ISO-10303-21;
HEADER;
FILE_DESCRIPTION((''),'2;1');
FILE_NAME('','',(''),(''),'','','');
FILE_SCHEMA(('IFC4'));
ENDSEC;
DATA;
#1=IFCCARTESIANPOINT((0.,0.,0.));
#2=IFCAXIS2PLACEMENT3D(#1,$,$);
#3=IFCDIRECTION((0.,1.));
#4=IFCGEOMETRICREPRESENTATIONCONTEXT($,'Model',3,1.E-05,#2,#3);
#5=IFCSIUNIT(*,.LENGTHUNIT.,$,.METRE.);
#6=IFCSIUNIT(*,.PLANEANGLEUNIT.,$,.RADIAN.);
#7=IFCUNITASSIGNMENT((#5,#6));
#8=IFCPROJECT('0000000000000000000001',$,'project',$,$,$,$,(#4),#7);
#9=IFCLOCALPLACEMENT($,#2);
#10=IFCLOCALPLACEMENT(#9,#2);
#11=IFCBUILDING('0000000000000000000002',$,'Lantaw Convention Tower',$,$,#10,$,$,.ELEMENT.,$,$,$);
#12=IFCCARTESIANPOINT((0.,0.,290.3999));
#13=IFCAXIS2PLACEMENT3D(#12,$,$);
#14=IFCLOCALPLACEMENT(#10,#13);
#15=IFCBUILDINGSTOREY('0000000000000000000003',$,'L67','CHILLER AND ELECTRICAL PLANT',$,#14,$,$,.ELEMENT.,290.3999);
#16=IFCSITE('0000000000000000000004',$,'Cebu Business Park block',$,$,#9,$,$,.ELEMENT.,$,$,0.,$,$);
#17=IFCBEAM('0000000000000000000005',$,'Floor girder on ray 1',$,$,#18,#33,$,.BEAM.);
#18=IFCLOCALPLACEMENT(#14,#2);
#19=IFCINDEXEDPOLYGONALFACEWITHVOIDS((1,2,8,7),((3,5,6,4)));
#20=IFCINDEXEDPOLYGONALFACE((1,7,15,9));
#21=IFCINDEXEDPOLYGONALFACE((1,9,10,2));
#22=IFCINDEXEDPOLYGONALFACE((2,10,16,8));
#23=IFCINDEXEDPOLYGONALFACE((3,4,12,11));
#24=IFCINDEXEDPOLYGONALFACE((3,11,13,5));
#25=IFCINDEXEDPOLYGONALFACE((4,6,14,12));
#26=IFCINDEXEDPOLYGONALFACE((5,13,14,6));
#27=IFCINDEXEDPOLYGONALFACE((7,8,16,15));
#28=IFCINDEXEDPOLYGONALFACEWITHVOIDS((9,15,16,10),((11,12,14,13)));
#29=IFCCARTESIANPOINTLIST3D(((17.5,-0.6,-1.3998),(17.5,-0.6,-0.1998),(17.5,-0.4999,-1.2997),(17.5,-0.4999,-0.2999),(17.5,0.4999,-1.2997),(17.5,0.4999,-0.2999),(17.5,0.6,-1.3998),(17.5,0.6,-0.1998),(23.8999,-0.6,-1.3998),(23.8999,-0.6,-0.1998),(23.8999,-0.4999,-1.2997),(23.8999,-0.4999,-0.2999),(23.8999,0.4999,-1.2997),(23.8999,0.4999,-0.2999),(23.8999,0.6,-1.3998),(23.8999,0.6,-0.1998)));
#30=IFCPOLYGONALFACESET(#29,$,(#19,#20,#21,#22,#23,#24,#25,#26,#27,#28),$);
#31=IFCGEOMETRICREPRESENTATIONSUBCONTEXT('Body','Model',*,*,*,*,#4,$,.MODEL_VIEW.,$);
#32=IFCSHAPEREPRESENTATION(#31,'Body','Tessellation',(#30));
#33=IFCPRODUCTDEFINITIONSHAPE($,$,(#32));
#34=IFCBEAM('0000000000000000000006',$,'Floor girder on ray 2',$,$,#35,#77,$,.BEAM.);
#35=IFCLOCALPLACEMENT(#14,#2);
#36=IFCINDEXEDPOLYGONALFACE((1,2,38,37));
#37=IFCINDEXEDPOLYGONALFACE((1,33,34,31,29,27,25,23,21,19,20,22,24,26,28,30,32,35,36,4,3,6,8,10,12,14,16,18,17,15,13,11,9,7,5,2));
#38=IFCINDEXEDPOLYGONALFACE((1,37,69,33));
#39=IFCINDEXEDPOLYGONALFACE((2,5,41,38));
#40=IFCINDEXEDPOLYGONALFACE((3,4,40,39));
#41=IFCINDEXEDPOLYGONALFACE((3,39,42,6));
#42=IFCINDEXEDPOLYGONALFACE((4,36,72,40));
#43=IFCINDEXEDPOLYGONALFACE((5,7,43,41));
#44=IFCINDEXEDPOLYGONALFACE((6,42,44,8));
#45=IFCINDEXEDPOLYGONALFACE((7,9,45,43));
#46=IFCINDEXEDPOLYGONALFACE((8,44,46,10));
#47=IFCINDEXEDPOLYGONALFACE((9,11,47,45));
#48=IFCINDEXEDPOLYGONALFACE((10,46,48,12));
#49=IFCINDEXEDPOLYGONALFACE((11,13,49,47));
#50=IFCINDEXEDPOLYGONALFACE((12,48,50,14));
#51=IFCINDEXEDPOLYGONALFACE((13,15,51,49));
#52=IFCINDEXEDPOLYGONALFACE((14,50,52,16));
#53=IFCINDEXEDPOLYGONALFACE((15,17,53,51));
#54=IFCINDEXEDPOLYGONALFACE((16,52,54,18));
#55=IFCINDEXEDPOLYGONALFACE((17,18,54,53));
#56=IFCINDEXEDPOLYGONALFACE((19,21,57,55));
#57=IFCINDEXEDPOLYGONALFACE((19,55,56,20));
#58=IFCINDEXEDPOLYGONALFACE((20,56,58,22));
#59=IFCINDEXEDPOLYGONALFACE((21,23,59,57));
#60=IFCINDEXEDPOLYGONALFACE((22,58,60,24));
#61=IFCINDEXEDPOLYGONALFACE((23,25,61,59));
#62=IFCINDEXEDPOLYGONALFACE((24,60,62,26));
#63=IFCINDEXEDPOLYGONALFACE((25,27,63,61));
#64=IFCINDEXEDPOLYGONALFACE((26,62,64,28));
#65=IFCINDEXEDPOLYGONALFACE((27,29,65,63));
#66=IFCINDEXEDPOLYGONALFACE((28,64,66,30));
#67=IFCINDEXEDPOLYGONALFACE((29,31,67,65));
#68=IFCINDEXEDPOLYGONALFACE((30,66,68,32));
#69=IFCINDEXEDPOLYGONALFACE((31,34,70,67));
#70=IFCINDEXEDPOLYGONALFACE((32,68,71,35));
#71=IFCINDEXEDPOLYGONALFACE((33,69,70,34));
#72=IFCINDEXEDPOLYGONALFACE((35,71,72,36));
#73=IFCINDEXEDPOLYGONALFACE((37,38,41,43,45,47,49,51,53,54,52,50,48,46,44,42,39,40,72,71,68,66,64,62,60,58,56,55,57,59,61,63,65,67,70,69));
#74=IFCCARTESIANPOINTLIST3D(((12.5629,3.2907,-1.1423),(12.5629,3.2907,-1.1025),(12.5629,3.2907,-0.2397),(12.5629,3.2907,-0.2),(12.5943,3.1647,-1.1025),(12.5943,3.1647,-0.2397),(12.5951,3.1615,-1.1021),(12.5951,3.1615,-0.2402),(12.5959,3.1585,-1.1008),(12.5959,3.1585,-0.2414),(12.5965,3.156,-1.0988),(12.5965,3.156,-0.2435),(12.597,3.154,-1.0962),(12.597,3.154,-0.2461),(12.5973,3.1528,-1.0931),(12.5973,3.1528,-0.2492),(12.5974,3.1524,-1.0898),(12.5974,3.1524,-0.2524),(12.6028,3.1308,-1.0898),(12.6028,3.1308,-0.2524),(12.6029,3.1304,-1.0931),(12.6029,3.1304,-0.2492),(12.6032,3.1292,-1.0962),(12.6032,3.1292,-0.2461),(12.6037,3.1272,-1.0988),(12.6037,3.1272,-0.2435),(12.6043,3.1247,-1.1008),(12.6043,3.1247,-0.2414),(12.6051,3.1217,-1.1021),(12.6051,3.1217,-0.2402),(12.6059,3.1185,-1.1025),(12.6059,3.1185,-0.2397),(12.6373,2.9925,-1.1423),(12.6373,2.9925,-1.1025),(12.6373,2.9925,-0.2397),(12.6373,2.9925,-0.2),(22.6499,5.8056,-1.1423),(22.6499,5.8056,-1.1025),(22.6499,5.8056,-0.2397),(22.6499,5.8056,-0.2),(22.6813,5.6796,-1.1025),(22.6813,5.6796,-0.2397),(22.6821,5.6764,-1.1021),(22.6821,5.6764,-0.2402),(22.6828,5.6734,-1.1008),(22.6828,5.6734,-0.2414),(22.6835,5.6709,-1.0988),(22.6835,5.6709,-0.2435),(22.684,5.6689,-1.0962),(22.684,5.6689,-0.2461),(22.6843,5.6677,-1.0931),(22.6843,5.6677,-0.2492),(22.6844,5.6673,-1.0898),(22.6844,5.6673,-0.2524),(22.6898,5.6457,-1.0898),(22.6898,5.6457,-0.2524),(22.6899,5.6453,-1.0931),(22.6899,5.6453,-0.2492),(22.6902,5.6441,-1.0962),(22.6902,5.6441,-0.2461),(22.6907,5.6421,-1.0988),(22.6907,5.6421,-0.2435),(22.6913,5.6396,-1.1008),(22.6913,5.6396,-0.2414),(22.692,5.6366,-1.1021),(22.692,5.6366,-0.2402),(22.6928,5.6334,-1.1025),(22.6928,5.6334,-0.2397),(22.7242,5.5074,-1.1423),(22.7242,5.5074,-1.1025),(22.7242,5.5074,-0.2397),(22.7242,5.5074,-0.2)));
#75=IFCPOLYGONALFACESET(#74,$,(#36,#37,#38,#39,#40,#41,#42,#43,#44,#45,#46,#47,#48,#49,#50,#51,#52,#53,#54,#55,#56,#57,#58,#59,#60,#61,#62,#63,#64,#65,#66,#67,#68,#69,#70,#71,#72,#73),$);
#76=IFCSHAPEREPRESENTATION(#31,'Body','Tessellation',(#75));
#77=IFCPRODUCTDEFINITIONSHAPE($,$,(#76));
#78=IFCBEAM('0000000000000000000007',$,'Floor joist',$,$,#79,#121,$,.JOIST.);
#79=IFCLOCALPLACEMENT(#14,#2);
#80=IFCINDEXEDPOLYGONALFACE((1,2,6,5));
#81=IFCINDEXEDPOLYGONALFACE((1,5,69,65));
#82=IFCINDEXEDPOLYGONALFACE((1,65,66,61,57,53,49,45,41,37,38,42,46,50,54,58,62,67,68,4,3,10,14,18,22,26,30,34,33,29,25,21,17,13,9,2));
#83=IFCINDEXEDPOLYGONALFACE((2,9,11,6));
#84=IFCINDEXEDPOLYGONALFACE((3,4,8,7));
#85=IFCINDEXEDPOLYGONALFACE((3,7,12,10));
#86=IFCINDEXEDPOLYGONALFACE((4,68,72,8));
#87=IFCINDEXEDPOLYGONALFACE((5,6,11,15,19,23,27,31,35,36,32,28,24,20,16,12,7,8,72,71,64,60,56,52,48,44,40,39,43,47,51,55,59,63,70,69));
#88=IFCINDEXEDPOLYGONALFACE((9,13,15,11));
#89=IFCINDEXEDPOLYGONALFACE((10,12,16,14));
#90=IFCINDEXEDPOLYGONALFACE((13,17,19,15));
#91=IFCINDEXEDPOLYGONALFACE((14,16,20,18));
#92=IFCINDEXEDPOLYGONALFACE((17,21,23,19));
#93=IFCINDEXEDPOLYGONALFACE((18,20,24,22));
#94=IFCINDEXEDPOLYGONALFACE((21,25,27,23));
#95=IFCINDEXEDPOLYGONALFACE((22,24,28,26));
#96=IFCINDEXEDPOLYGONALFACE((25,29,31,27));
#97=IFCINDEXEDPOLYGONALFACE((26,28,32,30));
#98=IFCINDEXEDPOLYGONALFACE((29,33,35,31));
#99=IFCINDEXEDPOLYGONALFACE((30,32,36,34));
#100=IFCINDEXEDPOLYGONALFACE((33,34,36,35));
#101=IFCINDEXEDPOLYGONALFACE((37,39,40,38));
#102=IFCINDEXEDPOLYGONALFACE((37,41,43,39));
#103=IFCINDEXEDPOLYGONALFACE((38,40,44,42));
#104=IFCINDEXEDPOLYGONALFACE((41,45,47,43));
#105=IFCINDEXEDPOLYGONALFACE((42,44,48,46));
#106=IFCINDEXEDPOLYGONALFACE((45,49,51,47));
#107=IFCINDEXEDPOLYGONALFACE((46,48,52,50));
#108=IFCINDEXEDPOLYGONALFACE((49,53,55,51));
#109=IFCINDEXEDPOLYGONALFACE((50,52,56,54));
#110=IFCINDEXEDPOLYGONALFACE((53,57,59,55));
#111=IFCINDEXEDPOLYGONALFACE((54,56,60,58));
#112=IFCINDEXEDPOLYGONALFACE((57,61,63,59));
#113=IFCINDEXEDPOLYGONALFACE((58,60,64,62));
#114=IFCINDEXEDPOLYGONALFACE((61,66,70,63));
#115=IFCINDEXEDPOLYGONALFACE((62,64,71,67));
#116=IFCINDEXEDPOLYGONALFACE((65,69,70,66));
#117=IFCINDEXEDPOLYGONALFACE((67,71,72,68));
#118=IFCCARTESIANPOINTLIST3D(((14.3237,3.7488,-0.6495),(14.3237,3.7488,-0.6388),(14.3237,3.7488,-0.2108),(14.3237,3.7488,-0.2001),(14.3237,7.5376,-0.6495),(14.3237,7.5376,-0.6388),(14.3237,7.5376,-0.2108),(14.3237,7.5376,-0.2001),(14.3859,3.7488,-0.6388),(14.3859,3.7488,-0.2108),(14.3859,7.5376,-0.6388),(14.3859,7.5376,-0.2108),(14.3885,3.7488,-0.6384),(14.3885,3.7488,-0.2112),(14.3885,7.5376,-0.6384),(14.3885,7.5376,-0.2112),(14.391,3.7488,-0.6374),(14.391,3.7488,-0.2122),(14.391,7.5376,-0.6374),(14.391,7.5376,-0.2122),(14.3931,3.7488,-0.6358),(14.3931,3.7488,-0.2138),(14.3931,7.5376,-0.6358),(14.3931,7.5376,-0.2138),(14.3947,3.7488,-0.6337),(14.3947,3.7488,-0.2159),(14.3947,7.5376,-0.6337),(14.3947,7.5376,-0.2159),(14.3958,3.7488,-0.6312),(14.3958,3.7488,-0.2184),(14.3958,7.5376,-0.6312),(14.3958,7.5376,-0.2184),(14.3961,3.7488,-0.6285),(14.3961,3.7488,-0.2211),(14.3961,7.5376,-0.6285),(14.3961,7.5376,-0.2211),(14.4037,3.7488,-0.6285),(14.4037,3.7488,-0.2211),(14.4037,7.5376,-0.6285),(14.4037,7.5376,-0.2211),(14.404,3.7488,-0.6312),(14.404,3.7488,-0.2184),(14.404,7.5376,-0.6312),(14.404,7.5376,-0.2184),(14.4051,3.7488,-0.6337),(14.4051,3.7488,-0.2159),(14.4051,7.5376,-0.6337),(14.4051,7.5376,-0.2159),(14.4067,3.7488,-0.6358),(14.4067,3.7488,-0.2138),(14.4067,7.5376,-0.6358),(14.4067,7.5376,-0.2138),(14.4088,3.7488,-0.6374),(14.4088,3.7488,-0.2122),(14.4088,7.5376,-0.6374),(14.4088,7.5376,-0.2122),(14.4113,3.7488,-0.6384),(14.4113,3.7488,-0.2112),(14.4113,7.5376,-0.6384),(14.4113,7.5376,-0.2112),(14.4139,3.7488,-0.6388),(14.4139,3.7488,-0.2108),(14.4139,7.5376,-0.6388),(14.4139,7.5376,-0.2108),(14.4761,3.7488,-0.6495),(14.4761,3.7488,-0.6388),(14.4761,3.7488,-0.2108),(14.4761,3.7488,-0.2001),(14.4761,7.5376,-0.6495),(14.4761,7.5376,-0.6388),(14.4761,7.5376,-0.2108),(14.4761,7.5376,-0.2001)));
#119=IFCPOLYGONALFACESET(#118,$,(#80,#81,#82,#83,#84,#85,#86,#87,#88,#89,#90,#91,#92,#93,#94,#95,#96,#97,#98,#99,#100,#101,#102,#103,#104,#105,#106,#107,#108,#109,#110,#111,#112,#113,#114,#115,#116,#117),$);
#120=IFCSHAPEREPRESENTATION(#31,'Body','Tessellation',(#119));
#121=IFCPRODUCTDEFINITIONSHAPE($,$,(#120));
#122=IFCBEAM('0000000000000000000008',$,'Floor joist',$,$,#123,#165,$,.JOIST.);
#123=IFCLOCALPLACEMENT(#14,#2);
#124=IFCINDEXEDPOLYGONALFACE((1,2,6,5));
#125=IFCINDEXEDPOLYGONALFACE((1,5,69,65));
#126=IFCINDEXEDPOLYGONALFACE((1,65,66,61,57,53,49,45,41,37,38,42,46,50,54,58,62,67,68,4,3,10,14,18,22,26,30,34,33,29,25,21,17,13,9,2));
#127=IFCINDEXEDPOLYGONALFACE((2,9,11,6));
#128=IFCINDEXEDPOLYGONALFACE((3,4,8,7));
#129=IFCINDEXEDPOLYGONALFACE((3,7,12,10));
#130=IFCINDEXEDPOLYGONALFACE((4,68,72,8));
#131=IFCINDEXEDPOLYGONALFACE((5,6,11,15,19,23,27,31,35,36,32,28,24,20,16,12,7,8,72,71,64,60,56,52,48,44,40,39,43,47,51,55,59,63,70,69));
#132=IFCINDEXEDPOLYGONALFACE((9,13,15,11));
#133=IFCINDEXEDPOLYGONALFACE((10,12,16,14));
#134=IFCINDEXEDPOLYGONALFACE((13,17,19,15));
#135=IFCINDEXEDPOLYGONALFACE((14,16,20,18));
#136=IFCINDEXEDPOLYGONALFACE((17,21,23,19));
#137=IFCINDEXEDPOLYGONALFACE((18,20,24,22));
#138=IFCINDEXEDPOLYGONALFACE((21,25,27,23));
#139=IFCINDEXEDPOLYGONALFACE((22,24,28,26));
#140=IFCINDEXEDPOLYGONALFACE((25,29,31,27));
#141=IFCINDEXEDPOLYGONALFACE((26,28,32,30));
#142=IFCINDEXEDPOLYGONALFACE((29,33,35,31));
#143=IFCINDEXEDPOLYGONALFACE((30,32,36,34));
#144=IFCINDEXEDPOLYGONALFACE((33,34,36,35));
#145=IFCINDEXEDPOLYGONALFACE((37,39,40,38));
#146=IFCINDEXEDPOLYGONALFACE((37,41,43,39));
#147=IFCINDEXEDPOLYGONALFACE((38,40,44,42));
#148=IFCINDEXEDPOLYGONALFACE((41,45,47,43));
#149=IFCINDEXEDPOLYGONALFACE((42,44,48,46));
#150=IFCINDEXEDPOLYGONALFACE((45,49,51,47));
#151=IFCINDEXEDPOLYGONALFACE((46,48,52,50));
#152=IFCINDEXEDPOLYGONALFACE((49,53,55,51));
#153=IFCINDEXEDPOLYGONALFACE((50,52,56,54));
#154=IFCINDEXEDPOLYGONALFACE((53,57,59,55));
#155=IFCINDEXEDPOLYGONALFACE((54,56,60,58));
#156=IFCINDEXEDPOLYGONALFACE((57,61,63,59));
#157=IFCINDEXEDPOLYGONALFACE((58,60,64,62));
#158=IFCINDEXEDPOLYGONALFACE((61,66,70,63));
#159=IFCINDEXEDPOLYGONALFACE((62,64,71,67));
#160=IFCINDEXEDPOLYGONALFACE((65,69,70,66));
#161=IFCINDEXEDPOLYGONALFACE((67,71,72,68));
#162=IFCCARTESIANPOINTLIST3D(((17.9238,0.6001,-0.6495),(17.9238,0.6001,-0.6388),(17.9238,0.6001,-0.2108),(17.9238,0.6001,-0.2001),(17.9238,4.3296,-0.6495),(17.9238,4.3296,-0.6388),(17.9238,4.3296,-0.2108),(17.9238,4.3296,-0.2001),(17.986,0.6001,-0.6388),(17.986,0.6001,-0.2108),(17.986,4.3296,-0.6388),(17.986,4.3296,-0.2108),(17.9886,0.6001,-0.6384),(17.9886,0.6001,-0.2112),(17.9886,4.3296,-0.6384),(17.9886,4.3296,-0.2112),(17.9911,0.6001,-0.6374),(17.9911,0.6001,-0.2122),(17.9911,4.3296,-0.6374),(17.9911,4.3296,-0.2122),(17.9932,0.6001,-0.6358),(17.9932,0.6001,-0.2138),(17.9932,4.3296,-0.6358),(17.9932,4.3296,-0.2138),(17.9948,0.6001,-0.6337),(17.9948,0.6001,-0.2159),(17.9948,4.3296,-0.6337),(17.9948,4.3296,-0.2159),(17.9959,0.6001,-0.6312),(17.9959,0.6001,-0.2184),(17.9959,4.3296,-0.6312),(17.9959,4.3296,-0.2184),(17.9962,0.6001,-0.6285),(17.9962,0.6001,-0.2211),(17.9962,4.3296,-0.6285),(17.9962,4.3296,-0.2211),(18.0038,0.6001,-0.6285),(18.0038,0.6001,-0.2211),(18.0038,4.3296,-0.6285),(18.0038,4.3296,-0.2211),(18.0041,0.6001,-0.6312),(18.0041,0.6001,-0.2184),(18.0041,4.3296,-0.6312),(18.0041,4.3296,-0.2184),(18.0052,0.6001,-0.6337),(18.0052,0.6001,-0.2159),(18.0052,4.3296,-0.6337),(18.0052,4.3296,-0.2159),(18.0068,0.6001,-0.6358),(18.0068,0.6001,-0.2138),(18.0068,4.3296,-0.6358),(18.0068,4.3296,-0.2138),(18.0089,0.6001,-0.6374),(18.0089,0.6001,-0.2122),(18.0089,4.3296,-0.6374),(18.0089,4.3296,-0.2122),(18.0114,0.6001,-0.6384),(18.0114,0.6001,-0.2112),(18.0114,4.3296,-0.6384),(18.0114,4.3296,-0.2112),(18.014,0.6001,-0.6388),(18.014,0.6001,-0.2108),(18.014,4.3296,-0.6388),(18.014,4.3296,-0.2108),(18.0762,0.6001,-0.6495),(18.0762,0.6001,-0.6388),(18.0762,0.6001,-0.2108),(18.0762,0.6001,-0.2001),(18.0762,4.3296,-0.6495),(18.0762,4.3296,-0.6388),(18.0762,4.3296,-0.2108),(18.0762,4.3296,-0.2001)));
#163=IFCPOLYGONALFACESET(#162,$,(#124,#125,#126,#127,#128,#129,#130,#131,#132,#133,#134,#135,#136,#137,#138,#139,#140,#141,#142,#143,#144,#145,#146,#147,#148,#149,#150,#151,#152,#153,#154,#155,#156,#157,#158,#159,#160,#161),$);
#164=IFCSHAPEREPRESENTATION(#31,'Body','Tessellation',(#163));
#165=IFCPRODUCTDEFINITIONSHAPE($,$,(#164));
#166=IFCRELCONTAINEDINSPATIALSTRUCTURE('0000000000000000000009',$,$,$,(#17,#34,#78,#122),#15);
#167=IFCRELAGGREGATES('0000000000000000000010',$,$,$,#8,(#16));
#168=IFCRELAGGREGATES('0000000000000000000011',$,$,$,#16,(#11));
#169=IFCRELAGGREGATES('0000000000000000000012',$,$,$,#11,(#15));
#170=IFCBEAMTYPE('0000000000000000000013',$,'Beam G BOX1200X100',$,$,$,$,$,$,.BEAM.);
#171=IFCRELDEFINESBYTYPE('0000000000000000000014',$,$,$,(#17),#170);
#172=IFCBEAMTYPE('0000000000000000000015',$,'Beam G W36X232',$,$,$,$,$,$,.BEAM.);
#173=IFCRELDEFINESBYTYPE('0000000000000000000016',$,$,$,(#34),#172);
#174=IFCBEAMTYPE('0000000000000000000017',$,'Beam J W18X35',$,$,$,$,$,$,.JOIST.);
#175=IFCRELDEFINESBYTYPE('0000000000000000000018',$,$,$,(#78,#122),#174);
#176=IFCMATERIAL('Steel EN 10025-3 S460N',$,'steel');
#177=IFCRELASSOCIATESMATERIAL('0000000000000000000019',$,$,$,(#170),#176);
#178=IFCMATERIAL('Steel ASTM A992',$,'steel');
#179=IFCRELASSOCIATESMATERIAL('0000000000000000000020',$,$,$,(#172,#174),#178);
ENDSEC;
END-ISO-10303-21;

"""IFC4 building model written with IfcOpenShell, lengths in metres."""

from ifc_helpers import new_model, si_unit, direction, frame, origin, origin_2d, place, context, subcontext, project, spatial, hollow_rectangle, i_section, extrude, material, material_profile, profile_set, type_object, element, save


model = new_model("IFC4")

# Units and contexts
model_context = context("Model", 3, precision=1e-05, world=origin(), true_north=direction((0.0, 1.0)))
body_context = subcontext(model_context, "Body", "Model", "MODEL_VIEW")
ifc_project = project(units=[si_unit("LENGTHUNIT", "METRE"), si_unit("PLANEANGLEUNIT", "RADIAN")], contexts=[model_context])

# Site, building, storey
site_placement = place(None, origin())
site = spatial("IfcSite", under=ifc_project, at=site_placement, Name="Cebu Business Park block", CompositionType="ELEMENT", RefElevation=0.0)
building_placement = place(site_placement, origin())
building = spatial("IfcBuilding", under=site, at=building_placement, Name="Lantaw Convention Tower", CompositionType="ELEMENT")
storey_placement = place(building_placement, frame((0.0, 0.0, 290.3999)))
storey = spatial("IfcBuildingStorey", under=building, at=storey_placement, Name="L67", Description="CHILLER AND ELECTRICAL PLANT", CompositionType="ELEMENT", Elevation=290.3999)

# Beams
ifc_material_1 = material(Name="Steel EN 10025-3 S460N", Category="steel")
ifc_material_profile_1 = material_profile(ifc_material_1, hollow_rectangle(XDim=1.2, YDim=1.2, WallThickness=0.1001, at=origin_2d()), Name="BOX1200X100")
ifc_profile_set_1 = profile_set([ifc_material_profile_1], Name="Steel EN 10025-3 S460N")
beam_type_1 = type_object("IfcBeamType", Name="Beam G BOX1200X100", PredefinedType="BEAM", material=ifc_profile_set_1)
beam_1_placement = place(storey_placement, frame((17.5, 0.0, -0.7998), z_axis=(1.0, 0.0, 0.0), x_axis=(0.0, 1.0, 0.0)))
element("IfcBeam", 1, at=beam_1_placement, inside=storey, type_object=beam_type_1, Name="Floor girder on ray 1", PredefinedType="BEAM", context=body_context, shape_type="SweptSolid", body=[
    extrude(hollow_rectangle(XDim=1.2, YDim=1.2, WallThickness=0.1001, at=origin_2d()), origin(), (0.0, 0.0, 1.0), 6.3999),
])
ifc_material_2 = material(Name="Steel ASTM A992", Category="steel")
ifc_material_profile_2 = material_profile(ifc_material_2, i_section(OverallWidth=0.3074, OverallDepth=0.9424, WebThickness=0.0222, FlangeThickness=0.0398, FilletRadius=0.0127, at=origin_2d()), Name="W36X232")
ifc_profile_set_2 = profile_set([ifc_material_profile_2], Name="Steel ASTM A992")
beam_type_2 = type_object("IfcBeamType", Name="Beam G W36X232", PredefinedType="BEAM", material=ifc_profile_set_2)
beam_2_placement = place(storey_placement, frame((12.6001, 3.1416, -0.6711), z_axis=(0.970297, 0.241917, 0.0), x_axis=(-0.241917, 0.970297, 0.0)))
element("IfcBeam", 2, at=beam_2_placement, inside=storey, type_object=beam_type_2, Name="Floor girder on ray 2", PredefinedType="BEAM", context=body_context, shape_type="SweptSolid", body=[
    extrude(i_section(OverallWidth=0.3074, OverallDepth=0.9424, WebThickness=0.0222, FlangeThickness=0.0398, FilletRadius=0.0127, at=origin_2d()), origin(), (0.0, 0.0, 1.0), 10.3958),
])
ifc_material_profile_3 = material_profile(ifc_material_2, i_section(OverallWidth=0.1523, OverallDepth=0.4495, WebThickness=0.0076, FlangeThickness=0.0107, FilletRadius=0.0103, at=origin_2d()), Name="W18X35")
ifc_profile_set_3 = profile_set([ifc_material_profile_3], Name="Steel ASTM A992")
beam_type_3 = type_object("IfcBeamType", Name="Beam J W18X35", PredefinedType="JOIST", material=ifc_profile_set_3)
beam_3_placement = place(storey_placement, frame((14.3999, 3.7488, -0.4248), z_axis=(0.0, 1.0, 0.0), x_axis=(-1.0, 0.0, 0.0)))
element("IfcBeam", 3, at=beam_3_placement, inside=storey, type_object=beam_type_3, Name="Floor joist", PredefinedType="JOIST", context=body_context, shape_type="SweptSolid", body=[
    extrude(i_section(OverallWidth=0.1523, OverallDepth=0.4495, WebThickness=0.0076, FlangeThickness=0.0107, FilletRadius=0.0103, at=origin_2d()), origin(), (0.0, 0.0, 1.0), 3.7888),
])
beam_4_placement = place(storey_placement, frame((18.0, 0.6001, -0.4248), z_axis=(0.0, 1.0, 0.0), x_axis=(-1.0, 0.0, 0.0)))
element("IfcBeam", 4, at=beam_4_placement, inside=storey, type_object=beam_type_3, Name="Floor joist", PredefinedType="JOIST", context=body_context, shape_type="SweptSolid", body=[
    extrude(i_section(OverallWidth=0.1523, OverallDepth=0.4495, WebThickness=0.0076, FlangeThickness=0.0107, FilletRadius=0.0103, at=origin_2d()), origin(), (0.0, 0.0, 1.0), 3.7295),
])

save(model, "model.ifc")
